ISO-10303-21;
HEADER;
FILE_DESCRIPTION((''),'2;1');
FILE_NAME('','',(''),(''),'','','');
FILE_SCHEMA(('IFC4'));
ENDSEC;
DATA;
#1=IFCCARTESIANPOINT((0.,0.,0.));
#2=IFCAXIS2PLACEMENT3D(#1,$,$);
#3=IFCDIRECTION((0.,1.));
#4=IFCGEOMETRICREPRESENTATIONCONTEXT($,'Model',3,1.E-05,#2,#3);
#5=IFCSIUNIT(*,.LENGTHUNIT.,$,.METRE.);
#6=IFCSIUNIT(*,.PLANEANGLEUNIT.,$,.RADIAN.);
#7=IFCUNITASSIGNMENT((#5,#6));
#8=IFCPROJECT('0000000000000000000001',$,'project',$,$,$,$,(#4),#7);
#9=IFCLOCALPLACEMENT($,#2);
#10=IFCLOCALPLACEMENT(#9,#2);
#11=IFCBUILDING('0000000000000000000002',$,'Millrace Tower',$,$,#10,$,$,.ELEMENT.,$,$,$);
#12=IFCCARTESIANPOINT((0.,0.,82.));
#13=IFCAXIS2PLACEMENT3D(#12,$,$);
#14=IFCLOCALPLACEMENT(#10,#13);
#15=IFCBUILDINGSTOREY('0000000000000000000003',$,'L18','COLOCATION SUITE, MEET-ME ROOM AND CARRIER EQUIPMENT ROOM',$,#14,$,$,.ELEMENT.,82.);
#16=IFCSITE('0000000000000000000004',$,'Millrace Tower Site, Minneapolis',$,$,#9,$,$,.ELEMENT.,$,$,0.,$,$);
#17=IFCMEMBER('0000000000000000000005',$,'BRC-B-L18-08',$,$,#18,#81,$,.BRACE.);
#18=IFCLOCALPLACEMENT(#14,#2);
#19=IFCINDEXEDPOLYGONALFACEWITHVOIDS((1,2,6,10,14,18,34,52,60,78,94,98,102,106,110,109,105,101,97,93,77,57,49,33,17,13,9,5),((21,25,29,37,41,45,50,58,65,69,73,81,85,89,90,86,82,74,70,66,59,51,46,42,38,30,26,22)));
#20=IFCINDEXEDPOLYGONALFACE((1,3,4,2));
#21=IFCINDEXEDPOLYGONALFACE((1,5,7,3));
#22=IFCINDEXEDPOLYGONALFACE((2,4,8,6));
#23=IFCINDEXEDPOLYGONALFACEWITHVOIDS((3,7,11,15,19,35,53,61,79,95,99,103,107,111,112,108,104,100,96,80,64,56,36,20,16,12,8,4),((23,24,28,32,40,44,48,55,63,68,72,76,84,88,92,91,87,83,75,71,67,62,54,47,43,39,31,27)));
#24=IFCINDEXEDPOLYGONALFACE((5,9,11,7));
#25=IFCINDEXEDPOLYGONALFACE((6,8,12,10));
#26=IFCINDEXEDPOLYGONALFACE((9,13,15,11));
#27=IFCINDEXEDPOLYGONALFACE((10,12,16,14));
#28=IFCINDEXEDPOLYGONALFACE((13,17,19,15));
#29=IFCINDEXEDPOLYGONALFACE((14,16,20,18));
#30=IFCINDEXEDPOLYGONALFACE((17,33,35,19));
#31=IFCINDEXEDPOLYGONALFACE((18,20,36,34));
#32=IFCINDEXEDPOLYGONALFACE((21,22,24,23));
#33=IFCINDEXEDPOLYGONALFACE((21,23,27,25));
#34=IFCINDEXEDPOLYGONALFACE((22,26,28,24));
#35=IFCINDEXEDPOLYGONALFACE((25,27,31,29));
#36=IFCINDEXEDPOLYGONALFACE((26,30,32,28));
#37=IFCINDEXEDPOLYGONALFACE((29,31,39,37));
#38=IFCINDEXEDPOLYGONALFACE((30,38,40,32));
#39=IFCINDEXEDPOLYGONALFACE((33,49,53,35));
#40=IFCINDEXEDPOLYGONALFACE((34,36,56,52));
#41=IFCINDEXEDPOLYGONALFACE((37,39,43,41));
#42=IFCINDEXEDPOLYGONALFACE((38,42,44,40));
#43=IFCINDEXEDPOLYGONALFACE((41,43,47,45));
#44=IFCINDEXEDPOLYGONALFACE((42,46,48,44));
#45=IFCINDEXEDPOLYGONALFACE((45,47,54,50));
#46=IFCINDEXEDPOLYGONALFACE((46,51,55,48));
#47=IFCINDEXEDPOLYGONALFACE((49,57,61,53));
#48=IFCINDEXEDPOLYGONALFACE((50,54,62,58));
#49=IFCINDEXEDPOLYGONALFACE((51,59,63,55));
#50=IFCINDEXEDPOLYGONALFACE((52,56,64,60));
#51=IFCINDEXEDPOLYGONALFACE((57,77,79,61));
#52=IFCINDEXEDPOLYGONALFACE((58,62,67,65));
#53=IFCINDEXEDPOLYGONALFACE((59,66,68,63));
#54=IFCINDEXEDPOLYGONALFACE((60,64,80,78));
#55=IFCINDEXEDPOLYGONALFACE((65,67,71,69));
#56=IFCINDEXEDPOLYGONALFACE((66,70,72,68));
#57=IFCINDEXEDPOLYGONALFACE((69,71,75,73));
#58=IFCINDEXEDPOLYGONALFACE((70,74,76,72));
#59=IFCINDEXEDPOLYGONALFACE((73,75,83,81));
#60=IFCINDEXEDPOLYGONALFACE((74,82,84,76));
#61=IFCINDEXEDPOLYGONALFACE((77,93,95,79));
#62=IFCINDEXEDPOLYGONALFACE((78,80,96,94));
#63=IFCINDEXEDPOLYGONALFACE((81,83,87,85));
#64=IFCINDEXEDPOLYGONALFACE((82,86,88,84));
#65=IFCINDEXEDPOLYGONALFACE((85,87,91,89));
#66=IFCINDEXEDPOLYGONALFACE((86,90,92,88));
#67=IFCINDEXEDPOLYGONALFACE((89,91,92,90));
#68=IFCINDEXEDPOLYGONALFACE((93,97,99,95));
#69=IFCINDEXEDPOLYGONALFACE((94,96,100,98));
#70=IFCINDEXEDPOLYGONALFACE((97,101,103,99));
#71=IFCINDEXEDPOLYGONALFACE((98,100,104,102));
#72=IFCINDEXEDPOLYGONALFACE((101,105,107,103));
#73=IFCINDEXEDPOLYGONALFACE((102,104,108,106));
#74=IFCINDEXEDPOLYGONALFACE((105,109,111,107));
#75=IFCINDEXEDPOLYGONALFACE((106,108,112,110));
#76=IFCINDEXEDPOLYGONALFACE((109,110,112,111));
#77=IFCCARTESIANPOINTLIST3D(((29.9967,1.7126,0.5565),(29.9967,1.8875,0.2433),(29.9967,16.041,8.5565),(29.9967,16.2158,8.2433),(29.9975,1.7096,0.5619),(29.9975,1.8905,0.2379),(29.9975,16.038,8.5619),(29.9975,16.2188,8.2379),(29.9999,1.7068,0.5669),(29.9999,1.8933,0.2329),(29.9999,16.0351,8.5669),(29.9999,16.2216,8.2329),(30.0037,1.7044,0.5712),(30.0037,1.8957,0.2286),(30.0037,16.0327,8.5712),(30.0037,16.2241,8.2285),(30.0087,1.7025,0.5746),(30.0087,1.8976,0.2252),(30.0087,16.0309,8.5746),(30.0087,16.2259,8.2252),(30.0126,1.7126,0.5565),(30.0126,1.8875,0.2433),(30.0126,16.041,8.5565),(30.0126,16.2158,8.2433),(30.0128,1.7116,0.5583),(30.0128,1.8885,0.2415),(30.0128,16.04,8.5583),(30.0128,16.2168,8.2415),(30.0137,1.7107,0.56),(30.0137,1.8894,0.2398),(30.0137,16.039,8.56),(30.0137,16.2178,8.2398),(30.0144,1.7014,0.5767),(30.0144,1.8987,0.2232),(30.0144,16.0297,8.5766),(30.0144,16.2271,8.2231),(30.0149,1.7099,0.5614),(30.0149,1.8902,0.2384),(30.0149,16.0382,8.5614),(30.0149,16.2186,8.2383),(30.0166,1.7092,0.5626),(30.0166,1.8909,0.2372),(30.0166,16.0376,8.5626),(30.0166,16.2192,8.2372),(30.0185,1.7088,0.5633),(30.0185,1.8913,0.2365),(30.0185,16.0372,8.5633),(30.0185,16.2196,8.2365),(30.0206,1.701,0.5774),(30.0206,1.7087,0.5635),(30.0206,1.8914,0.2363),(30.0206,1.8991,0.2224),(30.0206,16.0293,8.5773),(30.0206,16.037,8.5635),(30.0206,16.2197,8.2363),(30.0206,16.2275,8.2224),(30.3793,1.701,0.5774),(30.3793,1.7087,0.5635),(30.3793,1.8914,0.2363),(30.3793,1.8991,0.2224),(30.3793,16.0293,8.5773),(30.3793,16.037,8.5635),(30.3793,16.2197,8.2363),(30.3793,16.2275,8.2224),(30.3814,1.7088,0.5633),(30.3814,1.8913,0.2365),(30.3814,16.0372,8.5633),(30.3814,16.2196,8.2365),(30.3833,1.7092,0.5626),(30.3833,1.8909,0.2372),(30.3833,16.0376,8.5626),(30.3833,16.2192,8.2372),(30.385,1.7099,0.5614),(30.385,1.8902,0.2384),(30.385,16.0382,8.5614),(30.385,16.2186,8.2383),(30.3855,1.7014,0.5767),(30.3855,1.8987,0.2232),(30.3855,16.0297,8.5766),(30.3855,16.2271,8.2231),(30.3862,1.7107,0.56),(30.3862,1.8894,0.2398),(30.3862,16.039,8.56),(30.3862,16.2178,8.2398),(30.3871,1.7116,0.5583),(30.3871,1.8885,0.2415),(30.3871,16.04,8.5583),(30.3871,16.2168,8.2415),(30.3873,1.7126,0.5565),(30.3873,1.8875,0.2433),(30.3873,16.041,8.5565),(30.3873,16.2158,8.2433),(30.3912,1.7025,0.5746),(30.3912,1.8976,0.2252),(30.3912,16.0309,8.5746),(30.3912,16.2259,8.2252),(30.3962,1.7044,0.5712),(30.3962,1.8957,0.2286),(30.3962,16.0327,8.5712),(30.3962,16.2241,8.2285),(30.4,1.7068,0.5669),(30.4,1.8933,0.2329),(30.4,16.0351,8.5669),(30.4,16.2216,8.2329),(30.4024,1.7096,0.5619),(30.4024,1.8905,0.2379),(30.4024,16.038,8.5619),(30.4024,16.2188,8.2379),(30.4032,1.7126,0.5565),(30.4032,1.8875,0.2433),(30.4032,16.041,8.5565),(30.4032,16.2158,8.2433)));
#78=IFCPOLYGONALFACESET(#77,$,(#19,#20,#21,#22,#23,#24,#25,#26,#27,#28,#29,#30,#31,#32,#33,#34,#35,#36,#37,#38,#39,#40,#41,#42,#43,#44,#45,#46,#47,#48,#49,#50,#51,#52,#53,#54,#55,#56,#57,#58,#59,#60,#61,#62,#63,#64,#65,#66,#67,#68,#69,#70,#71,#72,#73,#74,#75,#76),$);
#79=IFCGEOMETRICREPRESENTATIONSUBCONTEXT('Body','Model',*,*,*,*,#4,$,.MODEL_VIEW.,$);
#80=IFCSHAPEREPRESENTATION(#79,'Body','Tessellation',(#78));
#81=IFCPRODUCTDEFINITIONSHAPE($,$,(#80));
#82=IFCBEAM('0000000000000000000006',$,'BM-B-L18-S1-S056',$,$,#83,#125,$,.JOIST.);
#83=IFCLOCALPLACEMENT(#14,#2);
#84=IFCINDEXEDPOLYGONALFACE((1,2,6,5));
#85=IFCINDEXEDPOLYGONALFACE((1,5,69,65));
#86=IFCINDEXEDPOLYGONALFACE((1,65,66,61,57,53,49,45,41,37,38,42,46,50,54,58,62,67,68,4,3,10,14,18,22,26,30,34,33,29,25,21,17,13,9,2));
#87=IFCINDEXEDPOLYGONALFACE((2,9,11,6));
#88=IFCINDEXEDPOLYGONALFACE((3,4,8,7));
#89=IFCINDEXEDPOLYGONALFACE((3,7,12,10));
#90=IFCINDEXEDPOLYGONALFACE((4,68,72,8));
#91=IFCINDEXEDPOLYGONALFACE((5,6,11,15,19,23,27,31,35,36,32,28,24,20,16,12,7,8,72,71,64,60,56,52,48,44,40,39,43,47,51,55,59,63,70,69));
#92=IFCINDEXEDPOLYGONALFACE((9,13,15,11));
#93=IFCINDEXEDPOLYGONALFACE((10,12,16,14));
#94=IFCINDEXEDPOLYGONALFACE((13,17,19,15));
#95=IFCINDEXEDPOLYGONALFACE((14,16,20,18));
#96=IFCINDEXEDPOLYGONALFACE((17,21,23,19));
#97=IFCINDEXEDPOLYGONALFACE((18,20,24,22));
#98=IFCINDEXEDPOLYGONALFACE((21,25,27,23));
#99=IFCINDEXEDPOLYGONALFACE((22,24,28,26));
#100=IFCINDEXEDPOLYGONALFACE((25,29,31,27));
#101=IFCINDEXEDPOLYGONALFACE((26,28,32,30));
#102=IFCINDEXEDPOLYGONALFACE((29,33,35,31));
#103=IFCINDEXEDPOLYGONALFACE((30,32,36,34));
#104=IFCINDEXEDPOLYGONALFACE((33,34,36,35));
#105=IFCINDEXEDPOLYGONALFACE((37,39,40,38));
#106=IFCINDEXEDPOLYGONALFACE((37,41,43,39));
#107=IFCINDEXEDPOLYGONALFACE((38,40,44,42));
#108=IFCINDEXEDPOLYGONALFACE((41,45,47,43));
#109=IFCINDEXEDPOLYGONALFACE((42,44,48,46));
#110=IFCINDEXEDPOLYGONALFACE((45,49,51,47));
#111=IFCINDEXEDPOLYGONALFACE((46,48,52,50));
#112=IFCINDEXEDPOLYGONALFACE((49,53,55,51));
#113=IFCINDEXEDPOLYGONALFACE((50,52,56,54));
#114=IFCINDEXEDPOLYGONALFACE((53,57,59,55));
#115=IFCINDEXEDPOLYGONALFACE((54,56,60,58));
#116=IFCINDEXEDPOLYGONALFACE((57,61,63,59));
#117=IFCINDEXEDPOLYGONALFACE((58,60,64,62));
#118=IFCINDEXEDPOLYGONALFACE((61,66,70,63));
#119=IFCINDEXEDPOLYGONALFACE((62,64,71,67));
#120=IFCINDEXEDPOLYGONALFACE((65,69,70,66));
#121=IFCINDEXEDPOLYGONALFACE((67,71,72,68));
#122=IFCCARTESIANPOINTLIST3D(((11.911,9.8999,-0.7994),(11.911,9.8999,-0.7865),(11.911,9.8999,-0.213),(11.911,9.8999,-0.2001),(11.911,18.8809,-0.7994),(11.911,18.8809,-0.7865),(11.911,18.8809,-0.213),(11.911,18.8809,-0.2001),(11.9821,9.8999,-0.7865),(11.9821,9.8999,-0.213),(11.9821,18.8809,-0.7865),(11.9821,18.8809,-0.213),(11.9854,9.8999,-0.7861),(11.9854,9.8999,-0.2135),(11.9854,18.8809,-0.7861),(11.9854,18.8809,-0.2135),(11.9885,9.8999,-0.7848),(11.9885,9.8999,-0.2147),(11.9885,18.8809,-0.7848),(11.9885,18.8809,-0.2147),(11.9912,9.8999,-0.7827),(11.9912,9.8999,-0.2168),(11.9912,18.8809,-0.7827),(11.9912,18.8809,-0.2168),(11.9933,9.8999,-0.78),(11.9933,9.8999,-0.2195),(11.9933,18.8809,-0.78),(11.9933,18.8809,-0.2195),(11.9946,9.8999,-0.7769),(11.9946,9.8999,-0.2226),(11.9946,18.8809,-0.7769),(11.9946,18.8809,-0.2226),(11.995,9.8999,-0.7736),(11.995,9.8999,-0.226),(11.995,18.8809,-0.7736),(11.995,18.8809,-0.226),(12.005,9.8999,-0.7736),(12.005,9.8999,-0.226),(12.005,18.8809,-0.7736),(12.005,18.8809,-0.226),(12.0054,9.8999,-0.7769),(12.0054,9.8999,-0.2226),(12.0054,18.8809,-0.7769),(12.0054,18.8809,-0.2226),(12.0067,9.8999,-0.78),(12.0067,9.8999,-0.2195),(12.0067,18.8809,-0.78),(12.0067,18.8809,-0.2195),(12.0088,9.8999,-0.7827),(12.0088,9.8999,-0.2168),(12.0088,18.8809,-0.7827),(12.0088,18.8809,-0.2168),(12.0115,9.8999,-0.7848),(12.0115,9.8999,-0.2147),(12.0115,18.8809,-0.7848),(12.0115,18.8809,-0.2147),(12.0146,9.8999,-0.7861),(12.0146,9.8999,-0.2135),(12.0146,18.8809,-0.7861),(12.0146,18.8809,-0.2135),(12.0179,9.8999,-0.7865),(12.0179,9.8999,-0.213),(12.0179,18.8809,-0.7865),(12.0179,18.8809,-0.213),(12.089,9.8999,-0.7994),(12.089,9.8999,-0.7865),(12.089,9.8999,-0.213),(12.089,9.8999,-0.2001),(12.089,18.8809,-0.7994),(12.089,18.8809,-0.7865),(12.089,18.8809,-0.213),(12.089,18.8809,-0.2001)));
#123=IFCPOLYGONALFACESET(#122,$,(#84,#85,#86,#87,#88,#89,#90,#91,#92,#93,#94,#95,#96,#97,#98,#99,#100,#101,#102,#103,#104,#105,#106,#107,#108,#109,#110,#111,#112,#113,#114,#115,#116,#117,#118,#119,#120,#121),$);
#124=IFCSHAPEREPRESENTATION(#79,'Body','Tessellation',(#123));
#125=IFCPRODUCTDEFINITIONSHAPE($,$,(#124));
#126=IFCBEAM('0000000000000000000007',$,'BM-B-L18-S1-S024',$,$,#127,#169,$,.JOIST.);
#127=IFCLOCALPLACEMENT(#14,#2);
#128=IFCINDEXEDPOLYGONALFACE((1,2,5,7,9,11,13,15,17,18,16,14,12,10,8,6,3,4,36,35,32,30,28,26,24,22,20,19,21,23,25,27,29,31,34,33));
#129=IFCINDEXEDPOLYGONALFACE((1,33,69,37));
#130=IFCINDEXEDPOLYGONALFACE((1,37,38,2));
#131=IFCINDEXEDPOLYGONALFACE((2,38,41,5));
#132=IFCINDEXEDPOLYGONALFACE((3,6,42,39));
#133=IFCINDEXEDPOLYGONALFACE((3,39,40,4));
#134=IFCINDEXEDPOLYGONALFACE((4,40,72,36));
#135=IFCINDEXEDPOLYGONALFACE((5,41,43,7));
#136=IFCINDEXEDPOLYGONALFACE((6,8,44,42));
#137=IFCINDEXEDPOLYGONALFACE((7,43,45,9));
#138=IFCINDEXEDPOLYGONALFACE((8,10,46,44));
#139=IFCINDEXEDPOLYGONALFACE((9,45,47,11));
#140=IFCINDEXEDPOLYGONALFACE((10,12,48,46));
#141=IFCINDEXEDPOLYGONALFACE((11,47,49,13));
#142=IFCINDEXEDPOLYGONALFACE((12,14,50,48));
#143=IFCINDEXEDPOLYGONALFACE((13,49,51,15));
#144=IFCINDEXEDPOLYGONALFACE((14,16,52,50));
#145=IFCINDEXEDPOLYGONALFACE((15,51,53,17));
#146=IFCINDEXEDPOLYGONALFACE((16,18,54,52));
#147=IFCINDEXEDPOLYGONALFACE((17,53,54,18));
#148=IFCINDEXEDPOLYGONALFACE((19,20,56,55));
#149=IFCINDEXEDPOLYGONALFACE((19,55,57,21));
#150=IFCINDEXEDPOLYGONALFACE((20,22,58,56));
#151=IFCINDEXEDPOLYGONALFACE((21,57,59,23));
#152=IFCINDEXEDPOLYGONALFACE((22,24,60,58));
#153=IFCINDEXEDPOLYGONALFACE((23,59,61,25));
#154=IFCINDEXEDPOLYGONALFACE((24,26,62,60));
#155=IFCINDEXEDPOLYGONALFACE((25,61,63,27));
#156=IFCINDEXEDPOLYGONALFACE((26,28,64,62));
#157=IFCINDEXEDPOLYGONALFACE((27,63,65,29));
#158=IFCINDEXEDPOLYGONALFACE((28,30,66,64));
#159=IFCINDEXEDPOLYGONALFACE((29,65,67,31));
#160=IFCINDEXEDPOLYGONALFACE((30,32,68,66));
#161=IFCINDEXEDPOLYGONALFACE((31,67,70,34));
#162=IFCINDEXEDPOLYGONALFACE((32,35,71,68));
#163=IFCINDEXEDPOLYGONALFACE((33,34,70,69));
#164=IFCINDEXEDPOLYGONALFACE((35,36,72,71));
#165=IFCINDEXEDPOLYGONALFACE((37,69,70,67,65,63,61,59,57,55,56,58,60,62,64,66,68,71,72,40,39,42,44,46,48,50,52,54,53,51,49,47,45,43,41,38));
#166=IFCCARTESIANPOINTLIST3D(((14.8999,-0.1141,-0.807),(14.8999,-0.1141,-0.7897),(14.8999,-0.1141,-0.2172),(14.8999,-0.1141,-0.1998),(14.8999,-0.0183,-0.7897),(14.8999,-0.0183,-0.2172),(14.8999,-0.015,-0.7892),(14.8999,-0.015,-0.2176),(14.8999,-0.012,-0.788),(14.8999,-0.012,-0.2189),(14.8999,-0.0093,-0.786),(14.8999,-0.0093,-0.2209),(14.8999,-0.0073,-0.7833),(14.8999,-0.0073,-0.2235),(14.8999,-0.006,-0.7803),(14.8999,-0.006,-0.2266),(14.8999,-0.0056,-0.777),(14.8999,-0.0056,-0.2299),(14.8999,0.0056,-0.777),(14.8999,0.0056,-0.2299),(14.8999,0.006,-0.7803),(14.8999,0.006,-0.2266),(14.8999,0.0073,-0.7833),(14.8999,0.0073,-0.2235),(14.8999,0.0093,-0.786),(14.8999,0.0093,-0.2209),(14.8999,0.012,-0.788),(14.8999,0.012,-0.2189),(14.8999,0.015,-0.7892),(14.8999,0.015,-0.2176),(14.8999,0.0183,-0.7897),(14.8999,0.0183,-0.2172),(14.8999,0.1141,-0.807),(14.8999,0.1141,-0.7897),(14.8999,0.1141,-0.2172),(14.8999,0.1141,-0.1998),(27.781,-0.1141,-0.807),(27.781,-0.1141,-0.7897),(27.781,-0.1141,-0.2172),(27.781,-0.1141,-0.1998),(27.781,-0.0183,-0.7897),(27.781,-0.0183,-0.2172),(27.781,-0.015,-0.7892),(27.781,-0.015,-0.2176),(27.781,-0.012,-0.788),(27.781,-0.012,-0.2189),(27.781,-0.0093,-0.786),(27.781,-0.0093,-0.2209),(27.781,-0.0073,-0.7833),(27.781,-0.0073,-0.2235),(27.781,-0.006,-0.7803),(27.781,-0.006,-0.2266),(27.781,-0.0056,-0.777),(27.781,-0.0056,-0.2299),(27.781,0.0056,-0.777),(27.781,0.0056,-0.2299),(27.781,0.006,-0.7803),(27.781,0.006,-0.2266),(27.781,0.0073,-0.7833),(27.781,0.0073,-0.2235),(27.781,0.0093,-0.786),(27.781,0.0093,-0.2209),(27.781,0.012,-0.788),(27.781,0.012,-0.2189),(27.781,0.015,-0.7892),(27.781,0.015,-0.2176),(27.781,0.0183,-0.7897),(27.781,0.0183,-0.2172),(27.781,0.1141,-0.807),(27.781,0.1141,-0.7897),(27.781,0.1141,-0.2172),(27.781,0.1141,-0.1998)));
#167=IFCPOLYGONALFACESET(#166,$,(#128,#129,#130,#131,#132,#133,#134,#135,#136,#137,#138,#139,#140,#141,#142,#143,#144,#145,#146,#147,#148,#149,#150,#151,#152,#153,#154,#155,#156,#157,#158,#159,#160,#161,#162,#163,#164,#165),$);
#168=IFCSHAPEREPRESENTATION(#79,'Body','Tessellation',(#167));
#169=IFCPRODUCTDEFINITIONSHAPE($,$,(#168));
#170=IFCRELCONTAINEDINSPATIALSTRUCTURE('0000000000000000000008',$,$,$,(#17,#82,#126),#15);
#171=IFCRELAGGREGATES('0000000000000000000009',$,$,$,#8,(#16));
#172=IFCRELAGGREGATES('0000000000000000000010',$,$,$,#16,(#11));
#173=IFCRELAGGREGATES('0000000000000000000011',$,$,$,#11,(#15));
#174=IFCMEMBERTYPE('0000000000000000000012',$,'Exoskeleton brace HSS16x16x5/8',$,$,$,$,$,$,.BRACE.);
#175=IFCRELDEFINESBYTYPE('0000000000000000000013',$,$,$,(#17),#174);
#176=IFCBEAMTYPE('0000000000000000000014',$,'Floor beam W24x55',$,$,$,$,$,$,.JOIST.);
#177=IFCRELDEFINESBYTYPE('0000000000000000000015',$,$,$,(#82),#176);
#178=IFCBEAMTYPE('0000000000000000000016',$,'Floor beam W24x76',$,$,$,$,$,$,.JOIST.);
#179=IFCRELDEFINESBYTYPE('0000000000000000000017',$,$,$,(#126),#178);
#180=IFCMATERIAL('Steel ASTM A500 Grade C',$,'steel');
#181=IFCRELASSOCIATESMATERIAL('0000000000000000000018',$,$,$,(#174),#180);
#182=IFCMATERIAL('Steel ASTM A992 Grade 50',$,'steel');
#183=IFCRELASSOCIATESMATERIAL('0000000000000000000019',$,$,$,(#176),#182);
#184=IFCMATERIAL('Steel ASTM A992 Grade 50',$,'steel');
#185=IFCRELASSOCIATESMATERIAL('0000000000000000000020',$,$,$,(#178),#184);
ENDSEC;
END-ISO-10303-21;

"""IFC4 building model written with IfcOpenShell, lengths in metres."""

from ifc_helpers import new_model, si_unit, direction, frame, origin, origin_2d, place, context, subcontext, project, spatial, hollow_rectangle, i_section, extrude, material, material_profile, profile_set, type_object, element, save


model = new_model("IFC4")

# Units and contexts
model_context = context("Model", 3, precision=1e-05, world=origin(), true_north=direction((0.0, 1.0)))
body_context = subcontext(model_context, "Body", "Model", "MODEL_VIEW")
ifc_project = project(units=[si_unit("LENGTHUNIT", "METRE"), si_unit("PLANEANGLEUNIT", "RADIAN")], contexts=[model_context])

# Site, building, storey
site_placement = place(None, origin())
site = spatial("IfcSite", under=ifc_project, at=site_placement, Name="Millrace Tower Site, Minneapolis", CompositionType="ELEMENT", RefElevation=0.0)
building_placement = place(site_placement, origin())
building = spatial("IfcBuilding", under=site, at=building_placement, Name="Millrace Tower", CompositionType="ELEMENT")
storey_placement = place(building_placement, frame((0.0, 0.0, 82.0)))
storey = spatial("IfcBuildingStorey", under=building, at=storey_placement, Name="L18", Description="COLOCATION SUITE, MEET-ME ROOM AND CARRIER EQUIPMENT ROOM", CompositionType="ELEMENT", Elevation=82.0)

# Member
ifc_material_1 = material(Name="Steel ASTM A500 Grade C", Category="steel")
ifc_material_profile_1 = material_profile(ifc_material_1, hollow_rectangle(XDim=0.4065, YDim=0.4065, WallThickness=0.0159, InnerFilletRadius=0.0081, OuterFilletRadius=0.0239, at=origin_2d()))
ifc_profile_set_1 = profile_set([ifc_material_profile_1], Name="Steel ASTM A500 Grade C")
member_type_1 = type_object("IfcMemberType", Name="Exoskeleton brace HSS16x16x5/8", PredefinedType="BRACE", material=ifc_profile_set_1)
member_1_placement = place(storey_placement, frame((30.2, 1.8, 0.3999), z_axis=(0.0, 0.873126, 0.487495), x_axis=(-1.0, 0.0, 0.0)))
element("IfcMember", 1, at=member_1_placement, inside=storey, type_object=member_type_1, Name="BRC-B-L18-08", PredefinedType="BRACE", context=body_context, shape_type="SweptSolid", body=[
    extrude(hollow_rectangle(XDim=0.4065, YDim=0.4065, WallThickness=0.0159, InnerFilletRadius=0.0081, OuterFilletRadius=0.0239, at=origin_2d()), origin(), (0.0, 0.0, 1.0), 16.4104),
])

# Beams
ifc_material_2 = material(Name="Steel ASTM A992 Grade 50", Category="steel")
ifc_material_profile_2 = material_profile(ifc_material_2, i_section(OverallWidth=0.178, OverallDepth=0.5994, WebThickness=0.01, FlangeThickness=0.0129, FilletRadius=0.0129, at=origin_2d()))
ifc_profile_set_2 = profile_set([ifc_material_profile_2], Name="Steel ASTM A992 Grade 50")
beam_type_1 = type_object("IfcBeamType", Name="Floor beam W24x55", PredefinedType="JOIST", material=ifc_profile_set_2)
beam_1_placement = place(storey_placement, frame((12.0, 9.8999, -0.4998), z_axis=(0.0, 1.0, 0.0), x_axis=(-1.0, 0.0, 0.0)))
element("IfcBeam", 2, at=beam_1_placement, inside=storey, type_object=beam_type_1, Name="BM-B-L18-S1-S056", PredefinedType="JOIST", context=body_context, shape_type="SweptSolid", body=[
    extrude(i_section(OverallWidth=0.178, OverallDepth=0.5994, WebThickness=0.01, FlangeThickness=0.0129, FilletRadius=0.0129, at=origin_2d()), origin(), (0.0, 0.0, 1.0), 8.981),
])
ifc_material_3 = material(Name="Steel ASTM A992 Grade 50", Category="steel")
ifc_material_profile_3 = material_profile(ifc_material_3, i_section(OverallWidth=0.2283, OverallDepth=0.6072, WebThickness=0.0112, FlangeThickness=0.0173, FilletRadius=0.0127, at=origin_2d()))
ifc_profile_set_3 = profile_set([ifc_material_profile_3], Name="Steel ASTM A992 Grade 50")
beam_type_2 = type_object("IfcBeamType", Name="Floor beam W24x76", PredefinedType="JOIST", material=ifc_profile_set_3)
for number, where, z_axis, x_axis, name in (
    (3, (14.8999, 0.0, -0.5034), (1.0, 0.0, 0.0), (0.0, 1.0, 0.0), "BM-B-L18-S1-S024"),
):
    element("IfcBeam", number, at=place(storey_placement, frame(where, z_axis=z_axis, x_axis=x_axis)), inside=storey, type_object=beam_type_2, Name=name, PredefinedType="JOIST", context=body_context, shape_type="SweptSolid", body=[
        extrude(i_section(OverallWidth=0.2283, OverallDepth=0.6072, WebThickness=0.0112, FlangeThickness=0.0173, FilletRadius=0.0127, at=origin_2d()), origin(), (0.0, 0.0, 1.0), 12.8811),
    ])

save(model, "model.ifc")
